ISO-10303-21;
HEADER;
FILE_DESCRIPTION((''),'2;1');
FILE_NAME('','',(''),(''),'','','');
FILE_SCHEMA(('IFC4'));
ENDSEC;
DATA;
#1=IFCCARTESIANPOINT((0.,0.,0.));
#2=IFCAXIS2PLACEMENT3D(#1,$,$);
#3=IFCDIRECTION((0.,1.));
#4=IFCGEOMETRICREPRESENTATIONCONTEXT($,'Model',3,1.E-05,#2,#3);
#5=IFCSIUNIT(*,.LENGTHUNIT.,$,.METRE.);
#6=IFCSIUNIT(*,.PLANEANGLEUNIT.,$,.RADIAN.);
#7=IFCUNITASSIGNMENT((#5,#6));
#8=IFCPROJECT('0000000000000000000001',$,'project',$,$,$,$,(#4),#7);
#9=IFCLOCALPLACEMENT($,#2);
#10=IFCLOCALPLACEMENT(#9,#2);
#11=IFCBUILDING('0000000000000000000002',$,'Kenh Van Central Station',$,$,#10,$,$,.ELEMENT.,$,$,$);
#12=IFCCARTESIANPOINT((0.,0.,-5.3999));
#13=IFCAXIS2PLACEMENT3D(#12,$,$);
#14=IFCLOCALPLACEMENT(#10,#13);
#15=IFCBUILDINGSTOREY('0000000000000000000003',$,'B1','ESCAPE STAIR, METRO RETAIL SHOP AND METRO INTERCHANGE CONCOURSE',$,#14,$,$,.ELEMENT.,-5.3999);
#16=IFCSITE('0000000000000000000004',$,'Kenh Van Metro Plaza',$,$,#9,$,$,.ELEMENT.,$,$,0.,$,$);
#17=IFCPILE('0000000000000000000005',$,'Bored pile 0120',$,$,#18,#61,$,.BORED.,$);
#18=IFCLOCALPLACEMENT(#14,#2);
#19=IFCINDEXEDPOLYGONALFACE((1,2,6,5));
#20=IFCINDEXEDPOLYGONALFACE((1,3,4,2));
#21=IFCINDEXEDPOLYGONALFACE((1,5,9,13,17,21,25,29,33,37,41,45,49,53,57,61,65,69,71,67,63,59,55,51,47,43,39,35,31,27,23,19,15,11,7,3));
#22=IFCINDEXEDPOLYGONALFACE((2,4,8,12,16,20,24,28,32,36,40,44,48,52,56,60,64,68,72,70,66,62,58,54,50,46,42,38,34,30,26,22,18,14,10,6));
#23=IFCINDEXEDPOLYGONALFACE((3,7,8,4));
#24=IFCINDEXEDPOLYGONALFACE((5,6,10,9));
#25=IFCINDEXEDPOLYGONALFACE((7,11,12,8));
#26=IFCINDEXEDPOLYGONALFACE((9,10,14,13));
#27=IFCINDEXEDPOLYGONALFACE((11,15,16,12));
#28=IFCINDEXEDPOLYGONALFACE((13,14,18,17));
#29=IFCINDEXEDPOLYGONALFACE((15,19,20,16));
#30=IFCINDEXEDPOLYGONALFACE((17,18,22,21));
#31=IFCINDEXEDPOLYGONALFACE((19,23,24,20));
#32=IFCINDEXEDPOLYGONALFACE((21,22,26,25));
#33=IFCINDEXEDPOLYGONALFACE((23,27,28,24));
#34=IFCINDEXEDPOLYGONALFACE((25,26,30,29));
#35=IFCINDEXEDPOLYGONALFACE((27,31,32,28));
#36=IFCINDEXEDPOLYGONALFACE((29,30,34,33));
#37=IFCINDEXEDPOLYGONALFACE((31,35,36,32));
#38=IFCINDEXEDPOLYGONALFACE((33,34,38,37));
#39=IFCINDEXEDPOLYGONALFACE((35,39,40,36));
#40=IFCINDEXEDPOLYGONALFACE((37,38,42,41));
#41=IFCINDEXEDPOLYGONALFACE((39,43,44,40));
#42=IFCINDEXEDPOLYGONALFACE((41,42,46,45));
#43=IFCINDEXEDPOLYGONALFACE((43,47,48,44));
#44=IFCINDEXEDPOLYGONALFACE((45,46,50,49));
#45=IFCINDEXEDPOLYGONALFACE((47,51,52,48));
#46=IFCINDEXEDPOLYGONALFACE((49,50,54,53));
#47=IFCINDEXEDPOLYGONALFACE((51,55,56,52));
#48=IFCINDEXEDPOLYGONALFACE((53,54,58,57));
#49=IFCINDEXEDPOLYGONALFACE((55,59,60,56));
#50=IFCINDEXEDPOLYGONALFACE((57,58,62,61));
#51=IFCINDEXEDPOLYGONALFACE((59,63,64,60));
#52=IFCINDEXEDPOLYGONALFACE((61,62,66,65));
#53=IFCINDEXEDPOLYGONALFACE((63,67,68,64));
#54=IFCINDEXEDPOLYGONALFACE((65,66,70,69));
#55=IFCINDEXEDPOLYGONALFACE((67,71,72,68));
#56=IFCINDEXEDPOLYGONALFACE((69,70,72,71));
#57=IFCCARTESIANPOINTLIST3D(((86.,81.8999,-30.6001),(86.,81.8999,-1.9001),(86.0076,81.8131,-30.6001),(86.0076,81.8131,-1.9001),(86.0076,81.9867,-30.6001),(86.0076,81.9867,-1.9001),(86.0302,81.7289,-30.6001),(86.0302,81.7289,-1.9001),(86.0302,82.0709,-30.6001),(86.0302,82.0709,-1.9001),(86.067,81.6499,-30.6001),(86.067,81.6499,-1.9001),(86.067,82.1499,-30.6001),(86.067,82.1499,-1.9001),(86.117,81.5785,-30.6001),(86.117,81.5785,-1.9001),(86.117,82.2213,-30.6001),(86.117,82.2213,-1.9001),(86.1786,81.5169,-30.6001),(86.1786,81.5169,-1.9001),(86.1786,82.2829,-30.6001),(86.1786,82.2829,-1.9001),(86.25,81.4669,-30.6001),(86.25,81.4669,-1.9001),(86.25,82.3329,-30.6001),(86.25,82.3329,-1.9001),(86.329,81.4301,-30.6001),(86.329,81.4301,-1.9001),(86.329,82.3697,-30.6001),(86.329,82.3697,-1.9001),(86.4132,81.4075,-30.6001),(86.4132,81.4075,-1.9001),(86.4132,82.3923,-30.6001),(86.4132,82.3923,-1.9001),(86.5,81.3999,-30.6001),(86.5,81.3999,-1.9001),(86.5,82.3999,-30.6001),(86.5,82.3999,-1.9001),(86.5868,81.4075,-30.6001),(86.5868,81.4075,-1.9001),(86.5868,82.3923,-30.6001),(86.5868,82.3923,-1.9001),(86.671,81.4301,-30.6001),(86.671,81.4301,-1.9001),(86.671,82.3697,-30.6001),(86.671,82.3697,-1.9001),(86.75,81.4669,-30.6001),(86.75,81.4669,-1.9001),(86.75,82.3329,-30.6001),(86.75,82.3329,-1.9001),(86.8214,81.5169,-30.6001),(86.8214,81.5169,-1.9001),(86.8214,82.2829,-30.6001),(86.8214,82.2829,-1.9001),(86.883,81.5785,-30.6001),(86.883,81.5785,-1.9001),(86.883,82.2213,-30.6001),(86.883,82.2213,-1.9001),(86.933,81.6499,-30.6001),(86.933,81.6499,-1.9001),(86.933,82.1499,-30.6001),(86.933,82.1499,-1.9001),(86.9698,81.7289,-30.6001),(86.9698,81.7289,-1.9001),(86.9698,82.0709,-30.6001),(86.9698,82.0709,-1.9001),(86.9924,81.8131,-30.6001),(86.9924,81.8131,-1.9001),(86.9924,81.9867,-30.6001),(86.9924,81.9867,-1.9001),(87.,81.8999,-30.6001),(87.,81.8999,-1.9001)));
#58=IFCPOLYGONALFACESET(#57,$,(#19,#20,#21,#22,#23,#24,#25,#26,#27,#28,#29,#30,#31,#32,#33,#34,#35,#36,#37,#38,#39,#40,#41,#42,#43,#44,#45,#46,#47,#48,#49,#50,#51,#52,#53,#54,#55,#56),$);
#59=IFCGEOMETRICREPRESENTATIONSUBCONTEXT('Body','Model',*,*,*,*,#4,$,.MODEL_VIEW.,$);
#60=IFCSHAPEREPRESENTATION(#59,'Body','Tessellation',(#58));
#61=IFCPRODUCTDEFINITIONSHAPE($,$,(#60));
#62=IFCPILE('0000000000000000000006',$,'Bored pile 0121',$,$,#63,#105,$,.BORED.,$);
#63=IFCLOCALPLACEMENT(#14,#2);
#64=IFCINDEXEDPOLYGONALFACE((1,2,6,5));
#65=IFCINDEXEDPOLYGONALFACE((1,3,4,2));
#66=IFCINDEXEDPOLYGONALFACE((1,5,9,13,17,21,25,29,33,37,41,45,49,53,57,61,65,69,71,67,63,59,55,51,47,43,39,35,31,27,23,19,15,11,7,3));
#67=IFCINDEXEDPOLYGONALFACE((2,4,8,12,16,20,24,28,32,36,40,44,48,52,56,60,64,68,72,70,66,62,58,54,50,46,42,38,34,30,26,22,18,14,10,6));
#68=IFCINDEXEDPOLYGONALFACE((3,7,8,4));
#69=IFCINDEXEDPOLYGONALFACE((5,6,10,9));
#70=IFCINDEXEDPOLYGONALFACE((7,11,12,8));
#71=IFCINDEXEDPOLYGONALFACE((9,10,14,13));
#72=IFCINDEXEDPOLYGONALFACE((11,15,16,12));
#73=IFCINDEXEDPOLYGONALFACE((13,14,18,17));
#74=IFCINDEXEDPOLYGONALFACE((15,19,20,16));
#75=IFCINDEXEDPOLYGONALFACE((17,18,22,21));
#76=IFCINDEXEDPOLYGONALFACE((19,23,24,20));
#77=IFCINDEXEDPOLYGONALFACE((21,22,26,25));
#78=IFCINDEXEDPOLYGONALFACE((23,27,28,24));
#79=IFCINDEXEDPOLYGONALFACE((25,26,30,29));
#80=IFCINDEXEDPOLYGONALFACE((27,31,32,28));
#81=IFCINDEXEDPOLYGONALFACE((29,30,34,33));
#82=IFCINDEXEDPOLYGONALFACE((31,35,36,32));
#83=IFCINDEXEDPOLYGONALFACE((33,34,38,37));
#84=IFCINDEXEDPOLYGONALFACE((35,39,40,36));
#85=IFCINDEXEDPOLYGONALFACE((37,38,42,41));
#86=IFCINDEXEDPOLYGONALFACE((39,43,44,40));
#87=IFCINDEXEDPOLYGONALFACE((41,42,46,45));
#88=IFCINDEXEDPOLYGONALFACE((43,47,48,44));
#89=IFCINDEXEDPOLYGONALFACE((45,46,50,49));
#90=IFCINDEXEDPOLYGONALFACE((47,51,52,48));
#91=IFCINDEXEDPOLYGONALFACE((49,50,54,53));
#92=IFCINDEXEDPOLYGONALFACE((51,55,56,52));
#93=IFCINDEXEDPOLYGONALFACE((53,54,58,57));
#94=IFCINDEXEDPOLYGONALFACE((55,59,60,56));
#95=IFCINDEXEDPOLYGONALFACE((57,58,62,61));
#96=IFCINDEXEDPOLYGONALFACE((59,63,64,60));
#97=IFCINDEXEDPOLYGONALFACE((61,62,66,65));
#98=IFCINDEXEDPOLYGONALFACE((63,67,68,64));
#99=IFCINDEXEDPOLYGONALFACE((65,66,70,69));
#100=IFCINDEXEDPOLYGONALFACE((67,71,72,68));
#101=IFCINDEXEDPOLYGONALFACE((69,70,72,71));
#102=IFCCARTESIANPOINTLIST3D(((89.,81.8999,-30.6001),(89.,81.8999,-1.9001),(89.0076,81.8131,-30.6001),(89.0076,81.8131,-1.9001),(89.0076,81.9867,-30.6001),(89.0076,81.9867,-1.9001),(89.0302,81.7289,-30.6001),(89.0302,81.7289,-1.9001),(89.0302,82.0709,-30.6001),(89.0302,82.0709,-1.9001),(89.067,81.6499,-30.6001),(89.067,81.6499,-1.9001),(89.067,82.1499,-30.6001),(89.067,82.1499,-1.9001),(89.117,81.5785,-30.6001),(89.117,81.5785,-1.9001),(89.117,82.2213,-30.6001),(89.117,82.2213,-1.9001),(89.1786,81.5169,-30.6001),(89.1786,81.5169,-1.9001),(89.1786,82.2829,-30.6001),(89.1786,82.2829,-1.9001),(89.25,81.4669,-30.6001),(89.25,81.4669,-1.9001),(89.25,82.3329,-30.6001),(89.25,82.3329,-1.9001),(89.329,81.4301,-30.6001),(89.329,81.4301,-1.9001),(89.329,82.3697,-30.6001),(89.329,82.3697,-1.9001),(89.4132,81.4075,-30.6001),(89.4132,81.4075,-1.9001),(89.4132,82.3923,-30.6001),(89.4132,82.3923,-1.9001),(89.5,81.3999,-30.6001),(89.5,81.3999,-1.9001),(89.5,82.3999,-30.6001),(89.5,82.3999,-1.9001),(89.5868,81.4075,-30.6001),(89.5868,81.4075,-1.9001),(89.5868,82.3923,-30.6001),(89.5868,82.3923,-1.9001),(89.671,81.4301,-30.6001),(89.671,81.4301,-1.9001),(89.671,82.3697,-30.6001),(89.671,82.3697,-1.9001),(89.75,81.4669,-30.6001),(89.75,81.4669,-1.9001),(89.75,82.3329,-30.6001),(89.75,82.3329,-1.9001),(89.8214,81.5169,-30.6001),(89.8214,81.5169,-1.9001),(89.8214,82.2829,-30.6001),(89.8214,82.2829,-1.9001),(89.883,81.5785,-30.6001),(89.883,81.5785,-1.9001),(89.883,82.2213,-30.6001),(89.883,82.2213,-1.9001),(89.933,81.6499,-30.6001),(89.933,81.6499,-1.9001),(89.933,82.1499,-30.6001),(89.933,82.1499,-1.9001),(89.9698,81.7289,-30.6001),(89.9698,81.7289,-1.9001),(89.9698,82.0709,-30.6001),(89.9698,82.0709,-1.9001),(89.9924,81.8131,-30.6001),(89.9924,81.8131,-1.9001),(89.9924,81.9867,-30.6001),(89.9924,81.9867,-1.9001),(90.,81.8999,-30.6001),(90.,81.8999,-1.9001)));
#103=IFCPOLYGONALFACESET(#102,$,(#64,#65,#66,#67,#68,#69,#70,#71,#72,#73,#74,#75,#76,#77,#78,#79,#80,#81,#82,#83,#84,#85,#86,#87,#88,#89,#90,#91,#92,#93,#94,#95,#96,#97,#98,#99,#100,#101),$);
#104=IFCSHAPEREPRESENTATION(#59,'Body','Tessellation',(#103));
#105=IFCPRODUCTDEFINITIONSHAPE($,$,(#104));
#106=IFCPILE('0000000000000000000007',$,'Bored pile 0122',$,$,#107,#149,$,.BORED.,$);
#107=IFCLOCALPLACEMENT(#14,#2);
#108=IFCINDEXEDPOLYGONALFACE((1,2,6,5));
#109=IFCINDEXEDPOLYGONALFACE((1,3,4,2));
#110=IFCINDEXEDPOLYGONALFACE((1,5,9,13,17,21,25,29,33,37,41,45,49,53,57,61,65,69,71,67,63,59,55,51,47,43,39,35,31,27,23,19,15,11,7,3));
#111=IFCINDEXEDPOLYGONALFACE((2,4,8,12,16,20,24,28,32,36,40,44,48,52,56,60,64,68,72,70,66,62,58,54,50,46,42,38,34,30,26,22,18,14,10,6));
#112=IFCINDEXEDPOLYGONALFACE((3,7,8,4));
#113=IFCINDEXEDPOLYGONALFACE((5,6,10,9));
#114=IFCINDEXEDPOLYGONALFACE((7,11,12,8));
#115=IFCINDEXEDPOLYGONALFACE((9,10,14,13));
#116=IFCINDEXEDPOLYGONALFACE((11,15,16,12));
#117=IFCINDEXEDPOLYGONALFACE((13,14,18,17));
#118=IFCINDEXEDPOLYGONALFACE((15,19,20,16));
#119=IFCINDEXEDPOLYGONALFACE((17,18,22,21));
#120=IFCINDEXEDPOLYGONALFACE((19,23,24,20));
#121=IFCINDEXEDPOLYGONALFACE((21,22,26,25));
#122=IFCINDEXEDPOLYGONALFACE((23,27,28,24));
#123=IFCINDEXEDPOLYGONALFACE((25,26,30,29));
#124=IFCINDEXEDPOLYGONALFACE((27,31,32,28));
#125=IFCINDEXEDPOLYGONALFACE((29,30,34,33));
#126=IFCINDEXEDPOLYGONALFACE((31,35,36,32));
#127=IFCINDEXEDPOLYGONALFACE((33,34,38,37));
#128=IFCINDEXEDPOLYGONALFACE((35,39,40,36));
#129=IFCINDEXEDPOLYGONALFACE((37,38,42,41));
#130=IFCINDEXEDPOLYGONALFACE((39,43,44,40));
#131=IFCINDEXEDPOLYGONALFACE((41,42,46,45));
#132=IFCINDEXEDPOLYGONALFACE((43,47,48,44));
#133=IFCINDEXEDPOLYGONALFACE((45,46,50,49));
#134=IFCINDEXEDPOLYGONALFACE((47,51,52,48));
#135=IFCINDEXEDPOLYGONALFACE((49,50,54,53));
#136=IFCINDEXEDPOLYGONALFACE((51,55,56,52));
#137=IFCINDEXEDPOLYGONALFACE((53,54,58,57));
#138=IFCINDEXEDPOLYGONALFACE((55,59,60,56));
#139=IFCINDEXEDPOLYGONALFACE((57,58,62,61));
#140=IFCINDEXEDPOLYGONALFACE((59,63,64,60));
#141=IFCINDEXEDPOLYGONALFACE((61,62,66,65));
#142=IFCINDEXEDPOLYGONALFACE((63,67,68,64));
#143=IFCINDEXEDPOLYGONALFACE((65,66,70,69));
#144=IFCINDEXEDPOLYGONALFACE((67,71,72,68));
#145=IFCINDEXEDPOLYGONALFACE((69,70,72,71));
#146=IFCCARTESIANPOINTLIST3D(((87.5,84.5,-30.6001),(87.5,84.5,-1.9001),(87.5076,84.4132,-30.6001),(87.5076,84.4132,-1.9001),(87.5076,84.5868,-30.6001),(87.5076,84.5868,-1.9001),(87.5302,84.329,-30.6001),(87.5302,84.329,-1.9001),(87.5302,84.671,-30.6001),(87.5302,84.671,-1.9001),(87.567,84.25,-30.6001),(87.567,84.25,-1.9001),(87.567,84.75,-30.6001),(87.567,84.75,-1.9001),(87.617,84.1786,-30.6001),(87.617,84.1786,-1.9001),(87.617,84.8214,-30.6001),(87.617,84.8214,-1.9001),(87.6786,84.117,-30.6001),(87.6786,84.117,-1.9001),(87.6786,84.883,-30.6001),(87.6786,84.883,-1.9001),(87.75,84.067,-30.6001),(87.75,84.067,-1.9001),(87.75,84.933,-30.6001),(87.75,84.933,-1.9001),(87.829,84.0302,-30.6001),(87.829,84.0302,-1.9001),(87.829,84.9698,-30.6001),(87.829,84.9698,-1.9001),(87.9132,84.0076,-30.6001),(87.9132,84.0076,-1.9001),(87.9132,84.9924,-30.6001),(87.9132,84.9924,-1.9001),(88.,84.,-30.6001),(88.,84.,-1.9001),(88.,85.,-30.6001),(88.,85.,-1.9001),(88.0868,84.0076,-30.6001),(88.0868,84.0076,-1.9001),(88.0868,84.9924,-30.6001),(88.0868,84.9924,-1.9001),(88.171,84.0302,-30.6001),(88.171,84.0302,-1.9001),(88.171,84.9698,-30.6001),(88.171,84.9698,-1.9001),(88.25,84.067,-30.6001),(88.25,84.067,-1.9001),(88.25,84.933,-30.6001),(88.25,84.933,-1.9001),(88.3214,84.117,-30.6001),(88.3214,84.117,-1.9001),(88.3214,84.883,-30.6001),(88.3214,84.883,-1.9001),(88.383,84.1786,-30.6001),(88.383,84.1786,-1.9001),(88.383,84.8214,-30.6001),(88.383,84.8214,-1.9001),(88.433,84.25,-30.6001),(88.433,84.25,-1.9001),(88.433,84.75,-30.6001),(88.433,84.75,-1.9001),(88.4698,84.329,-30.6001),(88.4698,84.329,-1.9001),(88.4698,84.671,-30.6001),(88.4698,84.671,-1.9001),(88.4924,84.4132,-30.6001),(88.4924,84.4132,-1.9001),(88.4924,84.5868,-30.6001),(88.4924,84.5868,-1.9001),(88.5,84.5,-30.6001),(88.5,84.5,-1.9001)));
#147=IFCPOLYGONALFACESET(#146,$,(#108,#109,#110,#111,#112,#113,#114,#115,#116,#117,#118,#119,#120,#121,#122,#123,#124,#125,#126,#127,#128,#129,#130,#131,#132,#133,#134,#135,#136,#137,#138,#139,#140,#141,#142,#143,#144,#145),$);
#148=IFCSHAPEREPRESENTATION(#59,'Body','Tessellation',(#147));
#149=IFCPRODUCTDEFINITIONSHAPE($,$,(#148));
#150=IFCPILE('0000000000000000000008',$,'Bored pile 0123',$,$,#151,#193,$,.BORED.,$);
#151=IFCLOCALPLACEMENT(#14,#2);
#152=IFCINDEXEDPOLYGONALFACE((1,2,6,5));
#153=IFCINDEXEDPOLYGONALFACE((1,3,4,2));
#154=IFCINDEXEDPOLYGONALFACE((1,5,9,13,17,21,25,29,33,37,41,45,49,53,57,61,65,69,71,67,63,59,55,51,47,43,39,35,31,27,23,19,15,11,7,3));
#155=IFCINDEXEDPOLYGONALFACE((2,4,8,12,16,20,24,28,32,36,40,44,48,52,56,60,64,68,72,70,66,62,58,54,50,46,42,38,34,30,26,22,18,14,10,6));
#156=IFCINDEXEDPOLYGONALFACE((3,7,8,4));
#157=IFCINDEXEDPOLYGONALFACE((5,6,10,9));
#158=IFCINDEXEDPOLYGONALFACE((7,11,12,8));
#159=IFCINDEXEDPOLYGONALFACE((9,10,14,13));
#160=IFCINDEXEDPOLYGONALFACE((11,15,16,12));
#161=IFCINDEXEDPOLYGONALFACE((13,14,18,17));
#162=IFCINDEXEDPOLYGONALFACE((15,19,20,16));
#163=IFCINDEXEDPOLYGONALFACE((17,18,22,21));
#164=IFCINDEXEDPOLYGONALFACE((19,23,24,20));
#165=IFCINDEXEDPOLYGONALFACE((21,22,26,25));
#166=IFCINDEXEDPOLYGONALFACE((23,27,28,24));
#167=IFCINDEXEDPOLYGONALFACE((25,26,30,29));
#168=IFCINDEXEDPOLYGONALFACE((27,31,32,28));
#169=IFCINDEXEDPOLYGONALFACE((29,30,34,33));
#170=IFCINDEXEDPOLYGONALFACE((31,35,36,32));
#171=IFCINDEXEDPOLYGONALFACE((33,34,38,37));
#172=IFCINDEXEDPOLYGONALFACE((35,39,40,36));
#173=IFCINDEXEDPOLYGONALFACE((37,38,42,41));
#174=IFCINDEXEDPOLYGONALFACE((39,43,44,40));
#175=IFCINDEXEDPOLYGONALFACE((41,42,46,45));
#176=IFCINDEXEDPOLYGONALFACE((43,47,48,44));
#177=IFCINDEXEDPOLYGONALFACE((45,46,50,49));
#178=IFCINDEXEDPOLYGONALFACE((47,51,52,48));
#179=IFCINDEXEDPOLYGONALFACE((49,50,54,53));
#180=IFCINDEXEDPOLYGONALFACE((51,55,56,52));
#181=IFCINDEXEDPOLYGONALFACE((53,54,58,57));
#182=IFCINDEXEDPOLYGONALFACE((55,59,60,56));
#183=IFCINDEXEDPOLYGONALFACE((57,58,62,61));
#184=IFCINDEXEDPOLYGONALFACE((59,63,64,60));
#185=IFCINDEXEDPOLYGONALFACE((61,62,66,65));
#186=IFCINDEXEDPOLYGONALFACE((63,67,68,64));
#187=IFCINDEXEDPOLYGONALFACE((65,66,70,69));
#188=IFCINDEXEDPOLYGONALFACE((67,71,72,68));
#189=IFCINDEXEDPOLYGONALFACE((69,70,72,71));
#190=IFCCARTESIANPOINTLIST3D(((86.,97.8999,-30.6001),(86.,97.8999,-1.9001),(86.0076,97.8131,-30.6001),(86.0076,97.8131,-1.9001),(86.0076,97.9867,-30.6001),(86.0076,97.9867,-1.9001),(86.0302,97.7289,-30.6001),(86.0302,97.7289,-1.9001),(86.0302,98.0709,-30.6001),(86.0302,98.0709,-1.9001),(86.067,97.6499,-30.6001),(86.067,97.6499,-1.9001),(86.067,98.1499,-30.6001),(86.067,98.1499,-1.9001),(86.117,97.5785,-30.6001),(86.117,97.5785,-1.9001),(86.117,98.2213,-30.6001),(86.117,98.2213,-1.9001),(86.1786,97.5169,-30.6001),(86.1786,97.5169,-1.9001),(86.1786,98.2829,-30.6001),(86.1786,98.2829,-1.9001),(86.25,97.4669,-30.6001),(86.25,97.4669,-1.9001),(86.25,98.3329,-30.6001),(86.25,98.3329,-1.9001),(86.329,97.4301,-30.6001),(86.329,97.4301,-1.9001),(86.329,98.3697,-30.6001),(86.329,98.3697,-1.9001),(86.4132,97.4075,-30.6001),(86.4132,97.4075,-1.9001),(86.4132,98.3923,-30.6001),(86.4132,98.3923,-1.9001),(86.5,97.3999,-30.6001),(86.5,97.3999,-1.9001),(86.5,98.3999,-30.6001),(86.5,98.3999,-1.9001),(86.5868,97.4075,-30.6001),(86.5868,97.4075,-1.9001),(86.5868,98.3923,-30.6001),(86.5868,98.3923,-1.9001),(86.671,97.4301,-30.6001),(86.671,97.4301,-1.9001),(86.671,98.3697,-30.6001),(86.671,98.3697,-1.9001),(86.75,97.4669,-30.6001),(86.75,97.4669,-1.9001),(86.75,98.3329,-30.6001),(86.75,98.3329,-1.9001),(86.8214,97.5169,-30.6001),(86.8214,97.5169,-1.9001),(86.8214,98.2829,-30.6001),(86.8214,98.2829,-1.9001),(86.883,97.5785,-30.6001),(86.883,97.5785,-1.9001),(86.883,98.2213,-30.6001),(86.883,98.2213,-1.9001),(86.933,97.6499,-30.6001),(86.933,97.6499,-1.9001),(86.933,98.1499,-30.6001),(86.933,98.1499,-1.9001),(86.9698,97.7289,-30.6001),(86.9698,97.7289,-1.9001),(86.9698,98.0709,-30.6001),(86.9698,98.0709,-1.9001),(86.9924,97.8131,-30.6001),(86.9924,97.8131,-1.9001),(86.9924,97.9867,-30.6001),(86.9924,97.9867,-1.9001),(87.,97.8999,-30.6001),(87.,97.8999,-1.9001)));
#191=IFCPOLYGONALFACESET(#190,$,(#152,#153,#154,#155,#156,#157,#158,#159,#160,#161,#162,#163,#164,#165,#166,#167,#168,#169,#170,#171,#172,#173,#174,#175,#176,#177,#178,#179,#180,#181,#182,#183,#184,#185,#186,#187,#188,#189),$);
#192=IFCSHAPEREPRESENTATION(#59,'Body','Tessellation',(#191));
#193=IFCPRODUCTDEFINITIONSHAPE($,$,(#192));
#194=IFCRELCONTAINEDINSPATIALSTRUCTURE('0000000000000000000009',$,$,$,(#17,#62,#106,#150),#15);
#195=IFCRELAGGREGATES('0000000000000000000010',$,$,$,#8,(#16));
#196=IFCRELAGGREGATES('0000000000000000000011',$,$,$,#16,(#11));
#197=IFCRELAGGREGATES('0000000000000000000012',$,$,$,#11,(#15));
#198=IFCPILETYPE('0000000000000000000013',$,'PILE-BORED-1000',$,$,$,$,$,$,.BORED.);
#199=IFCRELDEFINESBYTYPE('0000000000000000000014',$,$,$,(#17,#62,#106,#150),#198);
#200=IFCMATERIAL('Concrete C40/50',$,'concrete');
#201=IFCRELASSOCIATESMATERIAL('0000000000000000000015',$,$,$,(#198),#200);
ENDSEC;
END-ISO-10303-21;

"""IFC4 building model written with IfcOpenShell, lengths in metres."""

from ifc_helpers import new_model, si_unit, direction, frame, origin, origin_2d, place, context, subcontext, project, spatial, circle, extrude, material, material_profile, profile_set, type_object, element, save


model = new_model("IFC4")

# Units and contexts
model_context = context("Model", 3, precision=1e-05, world=origin(), true_north=direction((0.0, 1.0)))
body_context = subcontext(model_context, "Body", "Model", "MODEL_VIEW")
ifc_project = project(units=[si_unit("LENGTHUNIT", "METRE"), si_unit("PLANEANGLEUNIT", "RADIAN")], contexts=[model_context])

# Site, building, storey
site_placement = place(None, origin())
site = spatial("IfcSite", under=ifc_project, at=site_placement, Name="Kenh Van Metro Plaza", CompositionType="ELEMENT", RefElevation=0.0)
building_placement = place(site_placement, origin())
building = spatial("IfcBuilding", under=site, at=building_placement, Name="Kenh Van Central Station", CompositionType="ELEMENT")
storey_placement = place(building_placement, frame((0.0, 0.0, -5.3999)))
storey = spatial("IfcBuildingStorey", under=building, at=storey_placement, Name="B1", Description="ESCAPE STAIR, METRO RETAIL SHOP AND METRO INTERCHANGE CONCOURSE", CompositionType="ELEMENT", Elevation=-5.3999)

# Shared definitions
ifc_material_1 = material(Name="Concrete C40/50", Category="concrete")

# Piles
ifc_material_profile_1 = material_profile(ifc_material_1, circle(Radius=0.5, at=origin_2d()), Name="PILE D1000")
ifc_profile_set_1 = profile_set([ifc_material_profile_1], Name="Concrete C40/50")
pile_type_1 = type_object("IfcPileType", Name="PILE-BORED-1000", PredefinedType="BORED", material=ifc_profile_set_1)
for number, where, z_axis, x_axis, name in (
    (1, (86.5, 81.8999, -1.9001), (0.0, 0.0, -1.0), (1.0, 0.0, 0.0), "Bored pile 0120"),
    (2, (89.5, 81.8999, -1.9001), (0.0, 0.0, -1.0), (1.0, 0.0, 0.0), "Bored pile 0121"),
    (3, (88.0, 84.5, -1.9001), (0.0, 0.0, -1.0), (1.0, 0.0, 0.0), "Bored pile 0122"),
    (4, (86.5, 97.8999, -1.9001), (0.0, 0.0, -1.0), (1.0, 0.0, 0.0), "Bored pile 0123"),
):
    element("IfcPile", number, at=place(storey_placement, frame(where, z_axis=z_axis, x_axis=x_axis)), inside=storey, type_object=pile_type_1, Name=name, PredefinedType="BORED", context=body_context, shape_type="SweptSolid", body=[
        extrude(circle(Radius=0.5, at=origin_2d()), origin(), (0.0, 0.0, 1.0), 28.7),
    ])

save(model, "model.ifc")
